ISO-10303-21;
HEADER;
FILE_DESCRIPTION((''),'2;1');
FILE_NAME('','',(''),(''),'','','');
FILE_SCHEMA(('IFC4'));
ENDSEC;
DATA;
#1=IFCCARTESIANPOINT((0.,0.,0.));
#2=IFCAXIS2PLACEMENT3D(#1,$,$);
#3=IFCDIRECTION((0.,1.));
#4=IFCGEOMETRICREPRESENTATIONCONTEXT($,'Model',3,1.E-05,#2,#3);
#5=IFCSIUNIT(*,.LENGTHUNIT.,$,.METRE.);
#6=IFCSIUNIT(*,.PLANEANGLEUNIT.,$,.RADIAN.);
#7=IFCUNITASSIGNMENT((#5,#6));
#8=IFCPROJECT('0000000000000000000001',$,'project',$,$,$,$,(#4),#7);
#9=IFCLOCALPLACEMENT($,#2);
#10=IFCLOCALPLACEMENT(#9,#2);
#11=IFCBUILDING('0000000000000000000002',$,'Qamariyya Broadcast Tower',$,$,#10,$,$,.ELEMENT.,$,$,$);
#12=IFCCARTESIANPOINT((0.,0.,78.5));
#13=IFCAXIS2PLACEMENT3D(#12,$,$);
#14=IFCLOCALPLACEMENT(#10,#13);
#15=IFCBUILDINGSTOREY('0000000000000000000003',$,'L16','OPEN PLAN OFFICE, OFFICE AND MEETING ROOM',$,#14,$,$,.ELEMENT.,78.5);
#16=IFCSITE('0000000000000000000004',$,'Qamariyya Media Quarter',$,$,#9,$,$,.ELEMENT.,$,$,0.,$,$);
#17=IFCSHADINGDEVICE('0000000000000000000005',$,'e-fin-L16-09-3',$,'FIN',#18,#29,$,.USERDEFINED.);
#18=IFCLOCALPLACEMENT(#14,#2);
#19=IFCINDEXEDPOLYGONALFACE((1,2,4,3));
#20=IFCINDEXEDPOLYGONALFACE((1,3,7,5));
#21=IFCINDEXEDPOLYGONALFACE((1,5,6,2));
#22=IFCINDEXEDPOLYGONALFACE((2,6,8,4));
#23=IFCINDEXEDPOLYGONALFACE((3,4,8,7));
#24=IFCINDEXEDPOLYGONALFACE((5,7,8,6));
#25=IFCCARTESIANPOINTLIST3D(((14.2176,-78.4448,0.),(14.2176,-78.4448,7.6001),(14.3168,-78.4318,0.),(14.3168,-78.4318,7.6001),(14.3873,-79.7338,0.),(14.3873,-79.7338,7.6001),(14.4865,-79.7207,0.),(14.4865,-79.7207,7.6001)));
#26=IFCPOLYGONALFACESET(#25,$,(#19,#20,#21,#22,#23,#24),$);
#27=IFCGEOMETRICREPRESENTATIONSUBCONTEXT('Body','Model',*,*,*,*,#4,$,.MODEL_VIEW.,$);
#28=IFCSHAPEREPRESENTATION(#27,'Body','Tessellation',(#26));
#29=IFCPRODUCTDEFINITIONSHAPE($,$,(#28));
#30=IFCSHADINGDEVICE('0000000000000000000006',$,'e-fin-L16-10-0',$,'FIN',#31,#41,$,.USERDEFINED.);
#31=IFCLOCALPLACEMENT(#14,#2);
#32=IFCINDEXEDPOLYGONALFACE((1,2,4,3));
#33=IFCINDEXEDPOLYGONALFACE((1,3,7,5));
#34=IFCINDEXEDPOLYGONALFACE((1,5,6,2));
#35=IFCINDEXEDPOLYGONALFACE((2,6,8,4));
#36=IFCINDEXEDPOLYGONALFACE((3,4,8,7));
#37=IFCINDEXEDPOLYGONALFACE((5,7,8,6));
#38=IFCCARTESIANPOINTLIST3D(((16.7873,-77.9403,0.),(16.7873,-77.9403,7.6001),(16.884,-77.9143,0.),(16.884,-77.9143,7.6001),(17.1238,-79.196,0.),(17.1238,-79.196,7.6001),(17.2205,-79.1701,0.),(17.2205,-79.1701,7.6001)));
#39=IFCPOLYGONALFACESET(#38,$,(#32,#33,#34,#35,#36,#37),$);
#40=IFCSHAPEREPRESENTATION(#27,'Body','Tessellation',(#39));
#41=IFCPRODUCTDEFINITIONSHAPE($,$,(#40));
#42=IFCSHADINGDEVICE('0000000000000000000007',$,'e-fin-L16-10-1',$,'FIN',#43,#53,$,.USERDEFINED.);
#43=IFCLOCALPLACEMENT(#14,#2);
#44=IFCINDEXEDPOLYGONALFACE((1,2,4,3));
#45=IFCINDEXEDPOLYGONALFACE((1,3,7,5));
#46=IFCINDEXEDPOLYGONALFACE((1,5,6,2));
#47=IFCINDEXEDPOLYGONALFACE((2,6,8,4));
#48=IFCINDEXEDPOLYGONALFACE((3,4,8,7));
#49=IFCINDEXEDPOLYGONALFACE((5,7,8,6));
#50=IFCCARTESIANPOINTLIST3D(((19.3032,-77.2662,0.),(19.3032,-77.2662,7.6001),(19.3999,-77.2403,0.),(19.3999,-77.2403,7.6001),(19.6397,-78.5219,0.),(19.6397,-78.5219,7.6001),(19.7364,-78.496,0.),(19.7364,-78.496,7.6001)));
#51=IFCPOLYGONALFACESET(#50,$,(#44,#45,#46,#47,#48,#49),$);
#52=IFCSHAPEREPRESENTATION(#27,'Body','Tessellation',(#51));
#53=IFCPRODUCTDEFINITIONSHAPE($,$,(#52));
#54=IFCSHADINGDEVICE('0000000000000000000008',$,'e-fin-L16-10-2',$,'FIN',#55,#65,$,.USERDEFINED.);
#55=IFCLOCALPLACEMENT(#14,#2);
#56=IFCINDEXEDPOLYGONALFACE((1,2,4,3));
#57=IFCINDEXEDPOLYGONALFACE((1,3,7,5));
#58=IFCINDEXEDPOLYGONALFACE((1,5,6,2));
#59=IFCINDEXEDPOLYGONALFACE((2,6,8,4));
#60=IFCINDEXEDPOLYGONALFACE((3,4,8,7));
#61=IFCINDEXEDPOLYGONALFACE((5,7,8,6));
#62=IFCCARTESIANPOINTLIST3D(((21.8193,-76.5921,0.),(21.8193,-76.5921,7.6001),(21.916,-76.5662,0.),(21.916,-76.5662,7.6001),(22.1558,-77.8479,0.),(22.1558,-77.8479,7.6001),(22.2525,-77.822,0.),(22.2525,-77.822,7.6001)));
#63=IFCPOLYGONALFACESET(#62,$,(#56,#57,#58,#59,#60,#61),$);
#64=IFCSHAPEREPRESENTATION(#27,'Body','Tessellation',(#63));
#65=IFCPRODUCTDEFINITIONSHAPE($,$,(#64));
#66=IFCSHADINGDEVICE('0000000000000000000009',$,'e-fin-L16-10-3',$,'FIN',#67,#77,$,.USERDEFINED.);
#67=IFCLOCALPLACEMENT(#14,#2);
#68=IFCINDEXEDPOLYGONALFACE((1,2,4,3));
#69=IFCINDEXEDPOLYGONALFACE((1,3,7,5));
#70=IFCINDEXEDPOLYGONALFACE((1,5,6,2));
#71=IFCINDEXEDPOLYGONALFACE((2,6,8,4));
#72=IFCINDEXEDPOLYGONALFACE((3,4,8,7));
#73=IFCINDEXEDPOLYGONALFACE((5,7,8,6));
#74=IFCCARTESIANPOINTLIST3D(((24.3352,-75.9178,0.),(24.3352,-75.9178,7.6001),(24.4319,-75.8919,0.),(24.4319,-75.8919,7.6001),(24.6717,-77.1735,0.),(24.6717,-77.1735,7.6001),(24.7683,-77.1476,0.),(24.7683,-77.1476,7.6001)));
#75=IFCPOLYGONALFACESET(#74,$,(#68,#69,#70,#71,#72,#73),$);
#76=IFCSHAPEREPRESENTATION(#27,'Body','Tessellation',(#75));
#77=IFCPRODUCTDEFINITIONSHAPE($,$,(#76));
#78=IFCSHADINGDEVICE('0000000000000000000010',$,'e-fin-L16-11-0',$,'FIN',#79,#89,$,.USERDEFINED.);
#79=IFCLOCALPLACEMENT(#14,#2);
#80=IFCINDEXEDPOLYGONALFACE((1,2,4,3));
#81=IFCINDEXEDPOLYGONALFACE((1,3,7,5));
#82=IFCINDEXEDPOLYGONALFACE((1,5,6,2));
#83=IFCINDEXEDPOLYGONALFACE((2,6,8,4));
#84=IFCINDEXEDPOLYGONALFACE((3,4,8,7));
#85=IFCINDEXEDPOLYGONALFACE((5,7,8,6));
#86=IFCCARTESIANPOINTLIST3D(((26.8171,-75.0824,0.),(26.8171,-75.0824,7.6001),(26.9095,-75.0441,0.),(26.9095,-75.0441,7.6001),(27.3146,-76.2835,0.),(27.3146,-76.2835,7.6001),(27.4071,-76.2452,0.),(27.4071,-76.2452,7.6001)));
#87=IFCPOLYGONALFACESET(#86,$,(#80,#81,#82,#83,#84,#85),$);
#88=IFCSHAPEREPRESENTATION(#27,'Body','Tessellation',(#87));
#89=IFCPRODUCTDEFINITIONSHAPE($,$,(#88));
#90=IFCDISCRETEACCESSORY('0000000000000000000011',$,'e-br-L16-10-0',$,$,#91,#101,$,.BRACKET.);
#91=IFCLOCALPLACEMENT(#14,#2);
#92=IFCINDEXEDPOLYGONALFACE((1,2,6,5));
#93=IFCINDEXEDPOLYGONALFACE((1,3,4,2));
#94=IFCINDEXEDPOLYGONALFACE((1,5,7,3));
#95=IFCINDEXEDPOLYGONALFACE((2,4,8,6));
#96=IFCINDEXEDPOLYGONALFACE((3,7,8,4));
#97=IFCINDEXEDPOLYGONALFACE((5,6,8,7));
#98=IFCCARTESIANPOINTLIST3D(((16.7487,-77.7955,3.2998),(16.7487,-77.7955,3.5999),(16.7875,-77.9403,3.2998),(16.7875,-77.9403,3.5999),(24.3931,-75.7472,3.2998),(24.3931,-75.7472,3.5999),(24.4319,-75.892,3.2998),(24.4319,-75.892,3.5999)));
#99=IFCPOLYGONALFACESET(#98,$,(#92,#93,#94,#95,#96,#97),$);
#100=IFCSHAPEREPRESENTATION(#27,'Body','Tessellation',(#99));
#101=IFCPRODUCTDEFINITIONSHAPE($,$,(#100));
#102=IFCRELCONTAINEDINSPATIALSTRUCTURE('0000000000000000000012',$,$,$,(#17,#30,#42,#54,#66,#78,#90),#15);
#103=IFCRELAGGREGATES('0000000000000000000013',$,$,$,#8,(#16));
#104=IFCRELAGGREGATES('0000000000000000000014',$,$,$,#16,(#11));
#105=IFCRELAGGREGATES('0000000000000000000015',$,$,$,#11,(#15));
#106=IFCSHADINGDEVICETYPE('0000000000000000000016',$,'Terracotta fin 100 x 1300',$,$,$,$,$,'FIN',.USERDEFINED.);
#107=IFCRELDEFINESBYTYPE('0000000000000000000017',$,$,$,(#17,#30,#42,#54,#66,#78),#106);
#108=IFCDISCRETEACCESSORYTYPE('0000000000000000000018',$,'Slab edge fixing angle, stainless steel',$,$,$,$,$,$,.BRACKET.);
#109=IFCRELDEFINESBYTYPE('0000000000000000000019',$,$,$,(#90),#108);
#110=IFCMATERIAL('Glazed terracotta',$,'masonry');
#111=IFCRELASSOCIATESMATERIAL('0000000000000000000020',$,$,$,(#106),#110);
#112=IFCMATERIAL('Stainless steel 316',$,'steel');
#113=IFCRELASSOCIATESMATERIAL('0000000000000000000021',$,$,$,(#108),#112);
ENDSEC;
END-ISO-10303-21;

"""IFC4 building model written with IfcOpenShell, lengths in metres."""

from ifc_helpers import new_model, si_unit, direction, frame, origin, origin_2d, place, context, subcontext, project, spatial, rectangle, extrude, material, material_profile, profile_set, type_object, element, save


model = new_model("IFC4")

# Units and contexts
model_context = context("Model", 3, precision=1e-05, world=origin(), true_north=direction((0.0, 1.0)))
body_context = subcontext(model_context, "Body", "Model", "MODEL_VIEW")
ifc_project = project(units=[si_unit("LENGTHUNIT", "METRE"), si_unit("PLANEANGLEUNIT", "RADIAN")], contexts=[model_context])

# Site, building, storey
site_placement = place(None, origin())
site = spatial("IfcSite", under=ifc_project, at=site_placement, Name="Qamariyya Media Quarter", CompositionType="ELEMENT", RefElevation=0.0)
building_placement = place(site_placement, origin())
building = spatial("IfcBuilding", under=site, at=building_placement, Name="Qamariyya Broadcast Tower", CompositionType="ELEMENT")
storey_placement = place(building_placement, frame((0.0, 0.0, 78.5)))
storey = spatial("IfcBuildingStorey", under=building, at=storey_placement, Name="L16", Description="OPEN PLAN OFFICE, OFFICE AND MEETING ROOM", CompositionType="ELEMENT", Elevation=78.5)

# Shading devices
ifc_material_1 = material(Name="Glazed terracotta", Category="masonry")
ifc_material_profile_1 = material_profile(ifc_material_1, rectangle(XDim=1.3, YDim=0.1001, at=origin_2d()))
ifc_profile_set_1 = profile_set([ifc_material_profile_1], Name="Glazed terracotta")
shading_device_type_1 = type_object("IfcShadingDeviceType", Name="Terracotta fin 100 x 1300", ElementType="FIN", PredefinedType="USERDEFINED", material=ifc_profile_set_1)
for number, where, z_axis, x_axis, name in (
    (1, (14.3521, -79.0828, 0.0), (0.0, 0.0, 1.0), (0.130526, -0.991445, 0.0), "e-fin-L16-09-3"),
    (2, (17.0039, -78.5552, 0.0), (0.0, 0.0, 1.0), (0.258819, -0.965926, 0.0), "e-fin-L16-10-0"),
    (3, (19.5198, -77.8811, 0.0), (0.0, 0.0, 1.0), (0.258819, -0.965926, 0.0), "e-fin-L16-10-1"),
    (4, (22.0359, -77.207, 0.0), (0.0, 0.0, 1.0), (0.258819, -0.965926, 0.0), "e-fin-L16-10-2"),
    (5, (24.5518, -76.5327, 0.0), (0.0, 0.0, 1.0), (0.258819, -0.965926, 0.0), "e-fin-L16-10-3"),
    (6, (27.1121, -75.6638, 0.0), (0.0, 0.0, 1.0), (0.382683, -0.92388, 0.0), "e-fin-L16-11-0"),
):
    element("IfcShadingDevice", number, at=place(storey_placement, frame(where, z_axis=z_axis, x_axis=x_axis)), inside=storey, type_object=shading_device_type_1, Name=name, ObjectType="FIN", PredefinedType="USERDEFINED", context=body_context, shape_type="SweptSolid", body=[
        extrude(rectangle(XDim=1.3, YDim=0.1001, at=origin_2d()), origin(), (0.0, 0.0, 1.0), 7.6001),
    ])

# Discrete accessory
ifc_material_2 = material(Name="Stainless steel 316", Category="steel")
discrete_accessory_type = type_object("IfcDiscreteAccessoryType", Name="Slab edge fixing angle, stainless steel", PredefinedType="BRACKET", material=ifc_material_2)
discrete_accessory_placement = place(storey_placement, frame((20.5903, -76.8438, 3.2998), z_axis=(0.0, 0.0, 1.0), x_axis=(0.965926, 0.258819, 0.0)))
element("IfcDiscreteAccessory", 7, at=discrete_accessory_placement, inside=storey, type_object=discrete_accessory_type, Name="e-br-L16-10-0", PredefinedType="BRACKET", context=body_context, shape_type="SweptSolid", body=[
    extrude(rectangle(XDim=7.9141, YDim=0.1499, at=origin_2d()), origin(), (0.0, 0.0, 1.0), 0.3),
])

save(model, "model.ifc")
